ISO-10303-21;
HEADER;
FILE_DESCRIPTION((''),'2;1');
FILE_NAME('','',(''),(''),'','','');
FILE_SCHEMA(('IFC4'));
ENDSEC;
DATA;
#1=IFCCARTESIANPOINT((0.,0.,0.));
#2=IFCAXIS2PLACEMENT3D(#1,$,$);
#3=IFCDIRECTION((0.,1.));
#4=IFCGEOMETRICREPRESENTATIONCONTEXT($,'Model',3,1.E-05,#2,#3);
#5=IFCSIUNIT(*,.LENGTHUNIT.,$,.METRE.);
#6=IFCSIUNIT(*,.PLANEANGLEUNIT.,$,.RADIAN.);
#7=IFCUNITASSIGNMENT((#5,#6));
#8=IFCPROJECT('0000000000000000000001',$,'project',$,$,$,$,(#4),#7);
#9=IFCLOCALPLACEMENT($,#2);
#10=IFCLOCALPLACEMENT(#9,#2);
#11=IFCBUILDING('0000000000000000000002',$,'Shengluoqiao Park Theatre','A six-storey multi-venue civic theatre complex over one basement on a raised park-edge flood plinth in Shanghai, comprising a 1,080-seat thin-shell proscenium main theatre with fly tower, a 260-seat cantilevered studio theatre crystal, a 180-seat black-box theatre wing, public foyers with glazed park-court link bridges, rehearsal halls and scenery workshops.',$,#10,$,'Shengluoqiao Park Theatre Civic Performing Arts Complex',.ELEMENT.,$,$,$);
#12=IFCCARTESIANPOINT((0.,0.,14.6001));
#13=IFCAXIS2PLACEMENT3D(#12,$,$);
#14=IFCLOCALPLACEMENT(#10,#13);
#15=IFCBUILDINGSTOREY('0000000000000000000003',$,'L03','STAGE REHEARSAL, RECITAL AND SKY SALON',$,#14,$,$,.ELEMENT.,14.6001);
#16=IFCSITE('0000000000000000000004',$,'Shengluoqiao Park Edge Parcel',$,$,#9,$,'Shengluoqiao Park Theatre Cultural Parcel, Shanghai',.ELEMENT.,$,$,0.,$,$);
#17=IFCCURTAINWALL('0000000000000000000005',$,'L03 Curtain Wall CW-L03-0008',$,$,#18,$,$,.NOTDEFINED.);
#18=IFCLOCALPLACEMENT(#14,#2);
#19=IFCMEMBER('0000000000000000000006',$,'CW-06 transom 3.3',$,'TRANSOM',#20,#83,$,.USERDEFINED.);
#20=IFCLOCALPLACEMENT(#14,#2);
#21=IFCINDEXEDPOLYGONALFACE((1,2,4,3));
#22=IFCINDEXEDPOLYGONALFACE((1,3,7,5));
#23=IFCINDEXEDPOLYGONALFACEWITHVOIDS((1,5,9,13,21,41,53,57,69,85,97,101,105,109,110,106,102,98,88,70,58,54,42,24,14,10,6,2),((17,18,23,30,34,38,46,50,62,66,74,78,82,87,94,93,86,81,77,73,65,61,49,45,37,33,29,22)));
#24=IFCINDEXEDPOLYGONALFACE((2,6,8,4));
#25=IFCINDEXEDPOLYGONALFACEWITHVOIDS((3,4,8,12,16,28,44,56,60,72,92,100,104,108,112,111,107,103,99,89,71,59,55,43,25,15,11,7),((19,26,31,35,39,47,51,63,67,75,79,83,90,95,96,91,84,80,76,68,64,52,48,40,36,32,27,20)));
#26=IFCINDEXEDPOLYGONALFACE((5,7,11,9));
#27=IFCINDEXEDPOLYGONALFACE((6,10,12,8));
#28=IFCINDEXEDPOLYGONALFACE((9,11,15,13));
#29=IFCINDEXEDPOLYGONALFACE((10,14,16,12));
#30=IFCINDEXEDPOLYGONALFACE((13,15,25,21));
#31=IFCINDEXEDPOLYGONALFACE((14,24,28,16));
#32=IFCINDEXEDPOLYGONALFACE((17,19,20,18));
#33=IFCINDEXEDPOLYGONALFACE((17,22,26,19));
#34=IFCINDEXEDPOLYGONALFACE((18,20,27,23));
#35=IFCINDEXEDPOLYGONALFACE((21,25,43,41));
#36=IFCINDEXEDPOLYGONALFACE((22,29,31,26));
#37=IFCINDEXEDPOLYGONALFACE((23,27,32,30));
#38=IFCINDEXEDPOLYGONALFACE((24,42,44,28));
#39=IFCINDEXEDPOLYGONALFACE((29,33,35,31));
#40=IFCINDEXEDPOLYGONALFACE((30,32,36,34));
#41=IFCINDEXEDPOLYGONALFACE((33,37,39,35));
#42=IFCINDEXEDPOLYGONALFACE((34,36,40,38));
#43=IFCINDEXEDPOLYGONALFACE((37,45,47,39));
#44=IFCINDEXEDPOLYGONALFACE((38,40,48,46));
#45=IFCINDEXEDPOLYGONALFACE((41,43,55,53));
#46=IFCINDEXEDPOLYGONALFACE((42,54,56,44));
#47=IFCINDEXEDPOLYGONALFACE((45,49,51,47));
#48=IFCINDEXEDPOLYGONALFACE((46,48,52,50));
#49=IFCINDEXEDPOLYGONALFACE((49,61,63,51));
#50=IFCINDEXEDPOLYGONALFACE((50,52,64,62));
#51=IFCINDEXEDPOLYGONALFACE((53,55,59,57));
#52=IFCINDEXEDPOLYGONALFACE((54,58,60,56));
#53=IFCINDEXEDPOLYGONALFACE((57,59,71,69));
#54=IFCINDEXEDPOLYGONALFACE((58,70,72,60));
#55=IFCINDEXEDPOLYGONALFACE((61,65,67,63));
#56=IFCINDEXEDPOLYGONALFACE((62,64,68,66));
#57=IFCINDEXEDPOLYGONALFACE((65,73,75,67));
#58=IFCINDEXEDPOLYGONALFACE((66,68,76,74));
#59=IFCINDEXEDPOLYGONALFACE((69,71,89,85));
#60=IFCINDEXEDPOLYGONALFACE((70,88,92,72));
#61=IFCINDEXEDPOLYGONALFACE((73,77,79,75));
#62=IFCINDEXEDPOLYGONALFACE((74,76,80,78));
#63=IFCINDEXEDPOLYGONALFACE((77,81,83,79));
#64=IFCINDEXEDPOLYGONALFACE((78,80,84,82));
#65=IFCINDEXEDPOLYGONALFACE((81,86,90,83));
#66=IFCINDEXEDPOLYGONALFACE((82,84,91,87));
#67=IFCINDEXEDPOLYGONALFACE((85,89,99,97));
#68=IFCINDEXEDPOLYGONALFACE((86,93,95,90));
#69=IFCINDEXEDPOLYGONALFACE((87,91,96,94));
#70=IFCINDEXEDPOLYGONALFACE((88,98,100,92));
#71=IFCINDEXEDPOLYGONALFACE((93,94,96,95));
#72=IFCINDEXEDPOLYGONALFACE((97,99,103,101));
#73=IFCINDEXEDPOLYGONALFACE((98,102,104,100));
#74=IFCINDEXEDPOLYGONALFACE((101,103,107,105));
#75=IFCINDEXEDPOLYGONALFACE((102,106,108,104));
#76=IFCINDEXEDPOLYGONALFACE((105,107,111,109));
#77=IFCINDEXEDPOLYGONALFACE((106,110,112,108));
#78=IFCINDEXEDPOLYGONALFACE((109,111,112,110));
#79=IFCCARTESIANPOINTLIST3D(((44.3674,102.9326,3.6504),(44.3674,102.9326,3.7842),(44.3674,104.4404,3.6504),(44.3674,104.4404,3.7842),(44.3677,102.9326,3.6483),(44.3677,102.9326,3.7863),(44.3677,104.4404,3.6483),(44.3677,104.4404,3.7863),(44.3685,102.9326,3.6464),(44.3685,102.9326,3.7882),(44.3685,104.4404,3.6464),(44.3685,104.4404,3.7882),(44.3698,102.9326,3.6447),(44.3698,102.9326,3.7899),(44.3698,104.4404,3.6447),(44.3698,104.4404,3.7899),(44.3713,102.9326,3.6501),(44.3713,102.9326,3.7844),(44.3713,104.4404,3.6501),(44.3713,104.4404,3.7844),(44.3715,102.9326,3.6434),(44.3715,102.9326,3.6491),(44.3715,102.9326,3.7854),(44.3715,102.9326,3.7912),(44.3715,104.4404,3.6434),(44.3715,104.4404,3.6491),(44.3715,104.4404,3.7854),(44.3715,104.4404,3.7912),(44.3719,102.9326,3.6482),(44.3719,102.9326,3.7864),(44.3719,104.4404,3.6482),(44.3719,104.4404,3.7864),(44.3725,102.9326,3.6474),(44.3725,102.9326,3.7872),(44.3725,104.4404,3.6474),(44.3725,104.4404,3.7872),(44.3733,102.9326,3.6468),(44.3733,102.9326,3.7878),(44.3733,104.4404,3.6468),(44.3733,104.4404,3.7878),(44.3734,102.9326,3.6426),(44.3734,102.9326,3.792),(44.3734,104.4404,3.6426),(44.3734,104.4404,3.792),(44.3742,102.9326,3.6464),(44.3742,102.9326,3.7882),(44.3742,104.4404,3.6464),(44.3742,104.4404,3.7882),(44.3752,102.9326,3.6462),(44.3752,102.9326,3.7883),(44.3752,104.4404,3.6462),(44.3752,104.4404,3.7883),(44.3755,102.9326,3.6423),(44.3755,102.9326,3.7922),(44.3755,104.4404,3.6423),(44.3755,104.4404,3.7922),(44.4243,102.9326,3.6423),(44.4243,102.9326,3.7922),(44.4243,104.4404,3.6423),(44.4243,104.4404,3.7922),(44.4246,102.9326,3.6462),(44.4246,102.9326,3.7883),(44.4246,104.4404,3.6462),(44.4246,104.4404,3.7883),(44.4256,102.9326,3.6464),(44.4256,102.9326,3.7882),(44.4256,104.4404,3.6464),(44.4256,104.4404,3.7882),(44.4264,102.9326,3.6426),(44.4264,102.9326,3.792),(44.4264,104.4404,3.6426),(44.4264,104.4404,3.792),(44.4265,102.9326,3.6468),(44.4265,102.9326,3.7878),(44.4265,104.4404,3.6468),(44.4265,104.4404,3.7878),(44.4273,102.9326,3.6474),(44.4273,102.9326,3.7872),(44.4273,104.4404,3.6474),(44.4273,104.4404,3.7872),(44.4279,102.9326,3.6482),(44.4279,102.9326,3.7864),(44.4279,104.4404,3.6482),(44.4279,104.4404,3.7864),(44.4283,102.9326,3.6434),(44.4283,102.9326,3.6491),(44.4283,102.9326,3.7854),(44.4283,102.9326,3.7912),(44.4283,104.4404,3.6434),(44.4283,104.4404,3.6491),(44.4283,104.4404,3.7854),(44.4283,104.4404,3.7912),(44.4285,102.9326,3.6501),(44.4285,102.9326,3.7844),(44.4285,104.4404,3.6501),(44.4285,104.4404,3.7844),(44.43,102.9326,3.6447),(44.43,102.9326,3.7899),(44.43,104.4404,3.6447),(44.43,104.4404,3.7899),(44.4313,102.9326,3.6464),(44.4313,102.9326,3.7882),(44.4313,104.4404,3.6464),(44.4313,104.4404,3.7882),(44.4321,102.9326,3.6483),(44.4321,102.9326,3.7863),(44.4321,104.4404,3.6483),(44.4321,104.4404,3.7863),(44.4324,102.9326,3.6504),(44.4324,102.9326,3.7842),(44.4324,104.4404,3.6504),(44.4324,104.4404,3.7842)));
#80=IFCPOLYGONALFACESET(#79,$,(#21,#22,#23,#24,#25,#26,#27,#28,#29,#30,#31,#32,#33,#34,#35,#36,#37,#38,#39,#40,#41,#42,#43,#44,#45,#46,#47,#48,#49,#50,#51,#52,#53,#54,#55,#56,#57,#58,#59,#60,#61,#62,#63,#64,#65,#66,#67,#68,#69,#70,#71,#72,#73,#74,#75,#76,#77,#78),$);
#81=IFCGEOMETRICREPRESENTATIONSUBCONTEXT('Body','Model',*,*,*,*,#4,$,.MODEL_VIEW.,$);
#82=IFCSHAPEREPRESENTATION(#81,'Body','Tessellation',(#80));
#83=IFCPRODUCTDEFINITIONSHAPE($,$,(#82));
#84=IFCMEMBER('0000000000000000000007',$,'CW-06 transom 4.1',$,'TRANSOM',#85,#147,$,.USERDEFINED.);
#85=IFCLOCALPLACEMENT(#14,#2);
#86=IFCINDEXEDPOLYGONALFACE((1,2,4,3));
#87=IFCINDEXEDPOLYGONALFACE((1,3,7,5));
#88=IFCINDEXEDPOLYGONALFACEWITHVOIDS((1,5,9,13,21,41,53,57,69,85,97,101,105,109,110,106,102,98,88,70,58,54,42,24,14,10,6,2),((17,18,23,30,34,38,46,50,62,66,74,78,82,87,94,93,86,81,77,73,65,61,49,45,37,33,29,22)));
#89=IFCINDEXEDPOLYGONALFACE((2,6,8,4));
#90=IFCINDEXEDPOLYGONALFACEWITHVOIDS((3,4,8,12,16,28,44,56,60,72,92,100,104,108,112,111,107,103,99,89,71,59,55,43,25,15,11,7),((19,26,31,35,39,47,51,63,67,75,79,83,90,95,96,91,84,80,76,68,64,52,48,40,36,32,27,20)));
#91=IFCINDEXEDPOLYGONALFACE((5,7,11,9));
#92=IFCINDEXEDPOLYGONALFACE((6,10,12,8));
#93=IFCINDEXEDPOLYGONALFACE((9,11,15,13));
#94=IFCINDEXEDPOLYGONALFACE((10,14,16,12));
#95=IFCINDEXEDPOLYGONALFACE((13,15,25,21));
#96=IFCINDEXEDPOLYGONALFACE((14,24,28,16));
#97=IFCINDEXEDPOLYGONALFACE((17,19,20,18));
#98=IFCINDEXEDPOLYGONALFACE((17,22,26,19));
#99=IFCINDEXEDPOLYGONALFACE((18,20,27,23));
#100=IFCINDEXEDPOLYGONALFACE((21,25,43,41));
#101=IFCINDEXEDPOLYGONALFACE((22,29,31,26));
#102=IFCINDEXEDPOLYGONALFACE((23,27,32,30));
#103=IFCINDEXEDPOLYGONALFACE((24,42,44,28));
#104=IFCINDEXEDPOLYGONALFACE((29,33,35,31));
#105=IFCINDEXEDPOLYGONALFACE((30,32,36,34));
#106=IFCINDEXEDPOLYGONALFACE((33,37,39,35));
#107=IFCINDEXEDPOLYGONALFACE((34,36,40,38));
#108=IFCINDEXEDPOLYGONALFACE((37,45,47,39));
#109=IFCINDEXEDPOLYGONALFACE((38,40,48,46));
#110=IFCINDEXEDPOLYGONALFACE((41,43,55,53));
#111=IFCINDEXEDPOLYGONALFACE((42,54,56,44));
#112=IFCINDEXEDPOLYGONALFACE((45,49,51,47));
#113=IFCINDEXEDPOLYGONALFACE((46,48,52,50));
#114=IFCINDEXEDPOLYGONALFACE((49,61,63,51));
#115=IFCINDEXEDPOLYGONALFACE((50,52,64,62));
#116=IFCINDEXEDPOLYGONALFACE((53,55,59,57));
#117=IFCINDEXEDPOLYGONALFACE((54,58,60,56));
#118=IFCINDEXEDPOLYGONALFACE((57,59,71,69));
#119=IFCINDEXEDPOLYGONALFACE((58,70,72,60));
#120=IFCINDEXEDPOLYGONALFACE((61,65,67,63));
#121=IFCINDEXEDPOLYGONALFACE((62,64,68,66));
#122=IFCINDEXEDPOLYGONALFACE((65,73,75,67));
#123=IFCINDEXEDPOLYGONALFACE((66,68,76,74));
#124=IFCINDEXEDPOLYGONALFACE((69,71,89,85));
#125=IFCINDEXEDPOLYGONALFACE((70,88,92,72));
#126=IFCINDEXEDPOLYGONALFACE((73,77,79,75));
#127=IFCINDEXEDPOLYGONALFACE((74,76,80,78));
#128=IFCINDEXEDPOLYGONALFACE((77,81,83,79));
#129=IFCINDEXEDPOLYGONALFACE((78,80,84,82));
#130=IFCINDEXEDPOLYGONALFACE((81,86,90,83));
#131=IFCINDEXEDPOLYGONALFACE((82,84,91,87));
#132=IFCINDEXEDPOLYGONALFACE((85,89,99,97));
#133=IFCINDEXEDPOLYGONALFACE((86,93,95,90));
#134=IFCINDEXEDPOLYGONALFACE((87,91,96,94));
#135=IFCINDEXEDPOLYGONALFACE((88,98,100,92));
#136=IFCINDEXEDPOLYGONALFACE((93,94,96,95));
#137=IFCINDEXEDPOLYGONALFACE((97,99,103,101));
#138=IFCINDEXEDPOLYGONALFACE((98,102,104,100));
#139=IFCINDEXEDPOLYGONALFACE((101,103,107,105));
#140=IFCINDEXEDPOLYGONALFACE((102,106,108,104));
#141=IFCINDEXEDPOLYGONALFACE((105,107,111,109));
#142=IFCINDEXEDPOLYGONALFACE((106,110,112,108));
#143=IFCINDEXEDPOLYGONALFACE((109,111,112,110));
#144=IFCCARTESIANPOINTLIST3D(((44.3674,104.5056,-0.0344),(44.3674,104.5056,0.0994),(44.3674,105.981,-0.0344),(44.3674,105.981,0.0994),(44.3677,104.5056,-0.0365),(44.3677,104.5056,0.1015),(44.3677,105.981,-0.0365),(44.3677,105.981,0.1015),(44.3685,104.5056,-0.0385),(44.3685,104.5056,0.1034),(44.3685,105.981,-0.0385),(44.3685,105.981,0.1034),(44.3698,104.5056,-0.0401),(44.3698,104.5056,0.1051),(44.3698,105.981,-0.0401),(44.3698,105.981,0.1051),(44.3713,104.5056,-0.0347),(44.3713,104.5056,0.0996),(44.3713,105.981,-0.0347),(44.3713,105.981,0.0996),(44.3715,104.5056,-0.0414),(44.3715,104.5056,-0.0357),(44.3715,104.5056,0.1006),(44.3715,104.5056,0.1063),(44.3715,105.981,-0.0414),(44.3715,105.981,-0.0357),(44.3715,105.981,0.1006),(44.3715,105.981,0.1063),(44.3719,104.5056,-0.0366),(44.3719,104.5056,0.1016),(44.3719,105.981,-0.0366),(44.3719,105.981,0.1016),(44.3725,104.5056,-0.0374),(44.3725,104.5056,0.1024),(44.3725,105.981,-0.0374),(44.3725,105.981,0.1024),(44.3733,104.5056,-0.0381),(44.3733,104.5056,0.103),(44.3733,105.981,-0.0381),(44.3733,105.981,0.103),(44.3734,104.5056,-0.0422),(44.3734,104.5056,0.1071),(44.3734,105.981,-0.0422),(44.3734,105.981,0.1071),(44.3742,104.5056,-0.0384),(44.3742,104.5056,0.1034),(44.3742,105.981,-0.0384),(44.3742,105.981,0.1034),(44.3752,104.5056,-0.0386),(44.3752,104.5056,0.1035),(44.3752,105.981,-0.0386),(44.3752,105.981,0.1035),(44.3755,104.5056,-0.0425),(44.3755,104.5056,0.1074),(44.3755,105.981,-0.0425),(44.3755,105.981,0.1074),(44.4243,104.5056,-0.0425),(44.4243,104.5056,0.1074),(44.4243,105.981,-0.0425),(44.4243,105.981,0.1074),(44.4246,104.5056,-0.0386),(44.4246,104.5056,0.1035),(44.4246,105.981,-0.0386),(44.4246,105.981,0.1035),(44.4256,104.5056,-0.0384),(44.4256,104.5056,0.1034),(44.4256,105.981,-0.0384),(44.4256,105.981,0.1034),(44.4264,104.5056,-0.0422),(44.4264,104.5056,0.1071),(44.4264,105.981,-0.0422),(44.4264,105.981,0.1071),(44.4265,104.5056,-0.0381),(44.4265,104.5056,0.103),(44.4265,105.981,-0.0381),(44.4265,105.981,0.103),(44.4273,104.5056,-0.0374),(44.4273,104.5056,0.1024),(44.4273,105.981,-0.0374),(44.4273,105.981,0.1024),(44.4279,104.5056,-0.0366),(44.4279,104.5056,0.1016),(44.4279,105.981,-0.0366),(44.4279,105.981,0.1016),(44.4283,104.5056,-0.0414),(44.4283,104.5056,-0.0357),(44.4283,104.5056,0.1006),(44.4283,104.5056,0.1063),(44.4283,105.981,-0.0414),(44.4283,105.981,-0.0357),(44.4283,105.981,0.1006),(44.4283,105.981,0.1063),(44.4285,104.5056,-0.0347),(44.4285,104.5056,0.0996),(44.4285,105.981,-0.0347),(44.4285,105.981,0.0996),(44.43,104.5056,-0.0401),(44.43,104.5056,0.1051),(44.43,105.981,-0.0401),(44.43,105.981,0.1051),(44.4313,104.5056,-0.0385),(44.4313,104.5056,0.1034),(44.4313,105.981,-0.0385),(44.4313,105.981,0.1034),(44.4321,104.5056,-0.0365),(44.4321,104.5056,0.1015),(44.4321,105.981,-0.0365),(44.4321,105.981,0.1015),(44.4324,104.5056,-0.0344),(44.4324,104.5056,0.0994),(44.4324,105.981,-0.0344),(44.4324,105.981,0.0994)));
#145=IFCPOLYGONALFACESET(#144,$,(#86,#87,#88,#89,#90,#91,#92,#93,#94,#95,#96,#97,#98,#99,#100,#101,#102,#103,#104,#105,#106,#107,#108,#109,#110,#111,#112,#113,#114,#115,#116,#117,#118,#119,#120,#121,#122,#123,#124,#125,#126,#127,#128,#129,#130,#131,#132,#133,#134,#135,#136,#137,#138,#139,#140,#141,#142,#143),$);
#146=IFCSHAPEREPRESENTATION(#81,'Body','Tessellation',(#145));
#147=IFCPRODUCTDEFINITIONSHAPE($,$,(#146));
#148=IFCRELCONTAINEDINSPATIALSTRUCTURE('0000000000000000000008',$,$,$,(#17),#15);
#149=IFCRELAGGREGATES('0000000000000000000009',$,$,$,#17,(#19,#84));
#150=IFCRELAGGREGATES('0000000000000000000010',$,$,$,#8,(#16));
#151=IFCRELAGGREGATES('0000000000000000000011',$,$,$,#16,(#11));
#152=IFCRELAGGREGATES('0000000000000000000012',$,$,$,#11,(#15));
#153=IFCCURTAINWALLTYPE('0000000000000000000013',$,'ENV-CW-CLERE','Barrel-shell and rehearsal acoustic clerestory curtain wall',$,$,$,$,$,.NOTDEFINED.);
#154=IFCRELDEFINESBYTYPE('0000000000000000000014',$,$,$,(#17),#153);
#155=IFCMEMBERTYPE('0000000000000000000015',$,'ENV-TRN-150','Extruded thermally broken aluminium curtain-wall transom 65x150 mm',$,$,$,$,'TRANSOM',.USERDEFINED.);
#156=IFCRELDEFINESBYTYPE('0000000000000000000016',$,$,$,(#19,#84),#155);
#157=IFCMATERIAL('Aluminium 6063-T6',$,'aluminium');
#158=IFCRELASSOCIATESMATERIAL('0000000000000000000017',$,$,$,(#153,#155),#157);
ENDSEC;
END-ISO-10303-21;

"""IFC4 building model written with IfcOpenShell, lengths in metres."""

from ifc_helpers import new_model, si_unit, direction, frame, origin, origin_2d, place, context, subcontext, project, spatial, hollow_rectangle, extrude, material, material_profile, profile_set, type_object, element, aggregate, save


model = new_model("IFC4")

# Units and contexts
model_context = context("Model", 3, precision=1e-05, world=origin(), true_north=direction((0.0, 1.0)))
body_context = subcontext(model_context, "Body", "Model", "MODEL_VIEW")
ifc_project = project(units=[si_unit("LENGTHUNIT", "METRE"), si_unit("PLANEANGLEUNIT", "RADIAN")], contexts=[model_context])

# Site, building, storey
site_placement = place(None, origin())
site = spatial("IfcSite", under=ifc_project, at=site_placement, Name="Shengluoqiao Park Edge Parcel", LongName="Shengluoqiao Park Theatre Cultural Parcel, Shanghai", CompositionType="ELEMENT", RefElevation=0.0)
building_placement = place(site_placement, origin())
building = spatial("IfcBuilding", under=site, at=building_placement, Name="Shengluoqiao Park Theatre", Description="A six-storey multi-venue civic theatre complex over one basement on a raised park-edge flood plinth in Shanghai, comprising a 1,080-seat thin-shell proscenium main theatre with fly tower, a 260-seat cantilevered studio theatre crystal, a 180-seat black-box theatre wing, public foyers with glazed park-court link bridges, rehearsal halls and scenery workshops.", LongName="Shengluoqiao Park Theatre Civic Performing Arts Complex", CompositionType="ELEMENT")
storey_placement = place(building_placement, frame((0.0, 0.0, 14.6001)))
storey = spatial("IfcBuildingStorey", under=building, at=storey_placement, Name="L03", Description="STAGE REHEARSAL, RECITAL AND SKY SALON", CompositionType="ELEMENT", Elevation=14.6001)

# Curtain wall, members
ifc_material_1 = material(Name="Aluminium 6063-T6", Category="aluminium")
curtain_wall_type = type_object("IfcCurtainWallType", Name="ENV-CW-CLERE", Description="Barrel-shell and rehearsal acoustic clerestory curtain wall", PredefinedType="NOTDEFINED", material=ifc_material_1)
curtain_wall_placement = place(storey_placement, origin())
curtain_wall = element("IfcCurtainWall", 1, at=curtain_wall_placement, inside=storey, type_object=curtain_wall_type, Name="L03 Curtain Wall CW-L03-0008", PredefinedType="NOTDEFINED")
ifc_material_profile_1 = material_profile(ifc_material_1, hollow_rectangle(XDim=0.0649, YDim=0.1499, WallThickness=0.0039, InnerFilletRadius=0.0039, OuterFilletRadius=0.0081, at=origin_2d()), Name="ALU TRANSOM 150x65x4")
ifc_profile_set_1 = profile_set([ifc_material_profile_1], Name="Aluminium 6063-T6")
member_type_1 = type_object("IfcMemberType", Name="ENV-TRN-150", Description="Extruded thermally broken aluminium curtain-wall transom 65x150 mm", ElementType="TRANSOM", PredefinedType="USERDEFINED", material=ifc_profile_set_1)
member_1_placement = place(storey_placement, frame((44.3999, 102.9326, 3.7173), z_axis=(0.0, 1.0, 0.0), x_axis=(-1.0, 0.0, 0.0)))
member_1 = element("IfcMember", 2, at=member_1_placement, type_object=member_type_1, Name="CW-06 transom 3.3", ObjectType="TRANSOM", PredefinedType="USERDEFINED", context=body_context, shape_type="SweptSolid", body=[
    extrude(hollow_rectangle(XDim=0.0649, YDim=0.1499, WallThickness=0.0039, InnerFilletRadius=0.0039, OuterFilletRadius=0.0081, at=origin_2d()), origin(), (0.0, 0.0, 1.0), 1.5078),
])
member_2_placement = place(storey_placement, frame((44.3999, 104.5056, 0.0325), z_axis=(0.0, 1.0, 0.0), x_axis=(-1.0, 0.0, 0.0)))
member_2 = element("IfcMember", 3, at=member_2_placement, type_object=member_type_1, Name="CW-06 transom 4.1", ObjectType="TRANSOM", PredefinedType="USERDEFINED", context=body_context, shape_type="SweptSolid", body=[
    extrude(hollow_rectangle(XDim=0.0649, YDim=0.1499, WallThickness=0.0039, InnerFilletRadius=0.0039, OuterFilletRadius=0.0081, at=origin_2d()), origin(), (0.0, 0.0, 1.0), 1.4753),
])

aggregate(curtain_wall, [member_1, member_2])

save(model, "model.ifc")
